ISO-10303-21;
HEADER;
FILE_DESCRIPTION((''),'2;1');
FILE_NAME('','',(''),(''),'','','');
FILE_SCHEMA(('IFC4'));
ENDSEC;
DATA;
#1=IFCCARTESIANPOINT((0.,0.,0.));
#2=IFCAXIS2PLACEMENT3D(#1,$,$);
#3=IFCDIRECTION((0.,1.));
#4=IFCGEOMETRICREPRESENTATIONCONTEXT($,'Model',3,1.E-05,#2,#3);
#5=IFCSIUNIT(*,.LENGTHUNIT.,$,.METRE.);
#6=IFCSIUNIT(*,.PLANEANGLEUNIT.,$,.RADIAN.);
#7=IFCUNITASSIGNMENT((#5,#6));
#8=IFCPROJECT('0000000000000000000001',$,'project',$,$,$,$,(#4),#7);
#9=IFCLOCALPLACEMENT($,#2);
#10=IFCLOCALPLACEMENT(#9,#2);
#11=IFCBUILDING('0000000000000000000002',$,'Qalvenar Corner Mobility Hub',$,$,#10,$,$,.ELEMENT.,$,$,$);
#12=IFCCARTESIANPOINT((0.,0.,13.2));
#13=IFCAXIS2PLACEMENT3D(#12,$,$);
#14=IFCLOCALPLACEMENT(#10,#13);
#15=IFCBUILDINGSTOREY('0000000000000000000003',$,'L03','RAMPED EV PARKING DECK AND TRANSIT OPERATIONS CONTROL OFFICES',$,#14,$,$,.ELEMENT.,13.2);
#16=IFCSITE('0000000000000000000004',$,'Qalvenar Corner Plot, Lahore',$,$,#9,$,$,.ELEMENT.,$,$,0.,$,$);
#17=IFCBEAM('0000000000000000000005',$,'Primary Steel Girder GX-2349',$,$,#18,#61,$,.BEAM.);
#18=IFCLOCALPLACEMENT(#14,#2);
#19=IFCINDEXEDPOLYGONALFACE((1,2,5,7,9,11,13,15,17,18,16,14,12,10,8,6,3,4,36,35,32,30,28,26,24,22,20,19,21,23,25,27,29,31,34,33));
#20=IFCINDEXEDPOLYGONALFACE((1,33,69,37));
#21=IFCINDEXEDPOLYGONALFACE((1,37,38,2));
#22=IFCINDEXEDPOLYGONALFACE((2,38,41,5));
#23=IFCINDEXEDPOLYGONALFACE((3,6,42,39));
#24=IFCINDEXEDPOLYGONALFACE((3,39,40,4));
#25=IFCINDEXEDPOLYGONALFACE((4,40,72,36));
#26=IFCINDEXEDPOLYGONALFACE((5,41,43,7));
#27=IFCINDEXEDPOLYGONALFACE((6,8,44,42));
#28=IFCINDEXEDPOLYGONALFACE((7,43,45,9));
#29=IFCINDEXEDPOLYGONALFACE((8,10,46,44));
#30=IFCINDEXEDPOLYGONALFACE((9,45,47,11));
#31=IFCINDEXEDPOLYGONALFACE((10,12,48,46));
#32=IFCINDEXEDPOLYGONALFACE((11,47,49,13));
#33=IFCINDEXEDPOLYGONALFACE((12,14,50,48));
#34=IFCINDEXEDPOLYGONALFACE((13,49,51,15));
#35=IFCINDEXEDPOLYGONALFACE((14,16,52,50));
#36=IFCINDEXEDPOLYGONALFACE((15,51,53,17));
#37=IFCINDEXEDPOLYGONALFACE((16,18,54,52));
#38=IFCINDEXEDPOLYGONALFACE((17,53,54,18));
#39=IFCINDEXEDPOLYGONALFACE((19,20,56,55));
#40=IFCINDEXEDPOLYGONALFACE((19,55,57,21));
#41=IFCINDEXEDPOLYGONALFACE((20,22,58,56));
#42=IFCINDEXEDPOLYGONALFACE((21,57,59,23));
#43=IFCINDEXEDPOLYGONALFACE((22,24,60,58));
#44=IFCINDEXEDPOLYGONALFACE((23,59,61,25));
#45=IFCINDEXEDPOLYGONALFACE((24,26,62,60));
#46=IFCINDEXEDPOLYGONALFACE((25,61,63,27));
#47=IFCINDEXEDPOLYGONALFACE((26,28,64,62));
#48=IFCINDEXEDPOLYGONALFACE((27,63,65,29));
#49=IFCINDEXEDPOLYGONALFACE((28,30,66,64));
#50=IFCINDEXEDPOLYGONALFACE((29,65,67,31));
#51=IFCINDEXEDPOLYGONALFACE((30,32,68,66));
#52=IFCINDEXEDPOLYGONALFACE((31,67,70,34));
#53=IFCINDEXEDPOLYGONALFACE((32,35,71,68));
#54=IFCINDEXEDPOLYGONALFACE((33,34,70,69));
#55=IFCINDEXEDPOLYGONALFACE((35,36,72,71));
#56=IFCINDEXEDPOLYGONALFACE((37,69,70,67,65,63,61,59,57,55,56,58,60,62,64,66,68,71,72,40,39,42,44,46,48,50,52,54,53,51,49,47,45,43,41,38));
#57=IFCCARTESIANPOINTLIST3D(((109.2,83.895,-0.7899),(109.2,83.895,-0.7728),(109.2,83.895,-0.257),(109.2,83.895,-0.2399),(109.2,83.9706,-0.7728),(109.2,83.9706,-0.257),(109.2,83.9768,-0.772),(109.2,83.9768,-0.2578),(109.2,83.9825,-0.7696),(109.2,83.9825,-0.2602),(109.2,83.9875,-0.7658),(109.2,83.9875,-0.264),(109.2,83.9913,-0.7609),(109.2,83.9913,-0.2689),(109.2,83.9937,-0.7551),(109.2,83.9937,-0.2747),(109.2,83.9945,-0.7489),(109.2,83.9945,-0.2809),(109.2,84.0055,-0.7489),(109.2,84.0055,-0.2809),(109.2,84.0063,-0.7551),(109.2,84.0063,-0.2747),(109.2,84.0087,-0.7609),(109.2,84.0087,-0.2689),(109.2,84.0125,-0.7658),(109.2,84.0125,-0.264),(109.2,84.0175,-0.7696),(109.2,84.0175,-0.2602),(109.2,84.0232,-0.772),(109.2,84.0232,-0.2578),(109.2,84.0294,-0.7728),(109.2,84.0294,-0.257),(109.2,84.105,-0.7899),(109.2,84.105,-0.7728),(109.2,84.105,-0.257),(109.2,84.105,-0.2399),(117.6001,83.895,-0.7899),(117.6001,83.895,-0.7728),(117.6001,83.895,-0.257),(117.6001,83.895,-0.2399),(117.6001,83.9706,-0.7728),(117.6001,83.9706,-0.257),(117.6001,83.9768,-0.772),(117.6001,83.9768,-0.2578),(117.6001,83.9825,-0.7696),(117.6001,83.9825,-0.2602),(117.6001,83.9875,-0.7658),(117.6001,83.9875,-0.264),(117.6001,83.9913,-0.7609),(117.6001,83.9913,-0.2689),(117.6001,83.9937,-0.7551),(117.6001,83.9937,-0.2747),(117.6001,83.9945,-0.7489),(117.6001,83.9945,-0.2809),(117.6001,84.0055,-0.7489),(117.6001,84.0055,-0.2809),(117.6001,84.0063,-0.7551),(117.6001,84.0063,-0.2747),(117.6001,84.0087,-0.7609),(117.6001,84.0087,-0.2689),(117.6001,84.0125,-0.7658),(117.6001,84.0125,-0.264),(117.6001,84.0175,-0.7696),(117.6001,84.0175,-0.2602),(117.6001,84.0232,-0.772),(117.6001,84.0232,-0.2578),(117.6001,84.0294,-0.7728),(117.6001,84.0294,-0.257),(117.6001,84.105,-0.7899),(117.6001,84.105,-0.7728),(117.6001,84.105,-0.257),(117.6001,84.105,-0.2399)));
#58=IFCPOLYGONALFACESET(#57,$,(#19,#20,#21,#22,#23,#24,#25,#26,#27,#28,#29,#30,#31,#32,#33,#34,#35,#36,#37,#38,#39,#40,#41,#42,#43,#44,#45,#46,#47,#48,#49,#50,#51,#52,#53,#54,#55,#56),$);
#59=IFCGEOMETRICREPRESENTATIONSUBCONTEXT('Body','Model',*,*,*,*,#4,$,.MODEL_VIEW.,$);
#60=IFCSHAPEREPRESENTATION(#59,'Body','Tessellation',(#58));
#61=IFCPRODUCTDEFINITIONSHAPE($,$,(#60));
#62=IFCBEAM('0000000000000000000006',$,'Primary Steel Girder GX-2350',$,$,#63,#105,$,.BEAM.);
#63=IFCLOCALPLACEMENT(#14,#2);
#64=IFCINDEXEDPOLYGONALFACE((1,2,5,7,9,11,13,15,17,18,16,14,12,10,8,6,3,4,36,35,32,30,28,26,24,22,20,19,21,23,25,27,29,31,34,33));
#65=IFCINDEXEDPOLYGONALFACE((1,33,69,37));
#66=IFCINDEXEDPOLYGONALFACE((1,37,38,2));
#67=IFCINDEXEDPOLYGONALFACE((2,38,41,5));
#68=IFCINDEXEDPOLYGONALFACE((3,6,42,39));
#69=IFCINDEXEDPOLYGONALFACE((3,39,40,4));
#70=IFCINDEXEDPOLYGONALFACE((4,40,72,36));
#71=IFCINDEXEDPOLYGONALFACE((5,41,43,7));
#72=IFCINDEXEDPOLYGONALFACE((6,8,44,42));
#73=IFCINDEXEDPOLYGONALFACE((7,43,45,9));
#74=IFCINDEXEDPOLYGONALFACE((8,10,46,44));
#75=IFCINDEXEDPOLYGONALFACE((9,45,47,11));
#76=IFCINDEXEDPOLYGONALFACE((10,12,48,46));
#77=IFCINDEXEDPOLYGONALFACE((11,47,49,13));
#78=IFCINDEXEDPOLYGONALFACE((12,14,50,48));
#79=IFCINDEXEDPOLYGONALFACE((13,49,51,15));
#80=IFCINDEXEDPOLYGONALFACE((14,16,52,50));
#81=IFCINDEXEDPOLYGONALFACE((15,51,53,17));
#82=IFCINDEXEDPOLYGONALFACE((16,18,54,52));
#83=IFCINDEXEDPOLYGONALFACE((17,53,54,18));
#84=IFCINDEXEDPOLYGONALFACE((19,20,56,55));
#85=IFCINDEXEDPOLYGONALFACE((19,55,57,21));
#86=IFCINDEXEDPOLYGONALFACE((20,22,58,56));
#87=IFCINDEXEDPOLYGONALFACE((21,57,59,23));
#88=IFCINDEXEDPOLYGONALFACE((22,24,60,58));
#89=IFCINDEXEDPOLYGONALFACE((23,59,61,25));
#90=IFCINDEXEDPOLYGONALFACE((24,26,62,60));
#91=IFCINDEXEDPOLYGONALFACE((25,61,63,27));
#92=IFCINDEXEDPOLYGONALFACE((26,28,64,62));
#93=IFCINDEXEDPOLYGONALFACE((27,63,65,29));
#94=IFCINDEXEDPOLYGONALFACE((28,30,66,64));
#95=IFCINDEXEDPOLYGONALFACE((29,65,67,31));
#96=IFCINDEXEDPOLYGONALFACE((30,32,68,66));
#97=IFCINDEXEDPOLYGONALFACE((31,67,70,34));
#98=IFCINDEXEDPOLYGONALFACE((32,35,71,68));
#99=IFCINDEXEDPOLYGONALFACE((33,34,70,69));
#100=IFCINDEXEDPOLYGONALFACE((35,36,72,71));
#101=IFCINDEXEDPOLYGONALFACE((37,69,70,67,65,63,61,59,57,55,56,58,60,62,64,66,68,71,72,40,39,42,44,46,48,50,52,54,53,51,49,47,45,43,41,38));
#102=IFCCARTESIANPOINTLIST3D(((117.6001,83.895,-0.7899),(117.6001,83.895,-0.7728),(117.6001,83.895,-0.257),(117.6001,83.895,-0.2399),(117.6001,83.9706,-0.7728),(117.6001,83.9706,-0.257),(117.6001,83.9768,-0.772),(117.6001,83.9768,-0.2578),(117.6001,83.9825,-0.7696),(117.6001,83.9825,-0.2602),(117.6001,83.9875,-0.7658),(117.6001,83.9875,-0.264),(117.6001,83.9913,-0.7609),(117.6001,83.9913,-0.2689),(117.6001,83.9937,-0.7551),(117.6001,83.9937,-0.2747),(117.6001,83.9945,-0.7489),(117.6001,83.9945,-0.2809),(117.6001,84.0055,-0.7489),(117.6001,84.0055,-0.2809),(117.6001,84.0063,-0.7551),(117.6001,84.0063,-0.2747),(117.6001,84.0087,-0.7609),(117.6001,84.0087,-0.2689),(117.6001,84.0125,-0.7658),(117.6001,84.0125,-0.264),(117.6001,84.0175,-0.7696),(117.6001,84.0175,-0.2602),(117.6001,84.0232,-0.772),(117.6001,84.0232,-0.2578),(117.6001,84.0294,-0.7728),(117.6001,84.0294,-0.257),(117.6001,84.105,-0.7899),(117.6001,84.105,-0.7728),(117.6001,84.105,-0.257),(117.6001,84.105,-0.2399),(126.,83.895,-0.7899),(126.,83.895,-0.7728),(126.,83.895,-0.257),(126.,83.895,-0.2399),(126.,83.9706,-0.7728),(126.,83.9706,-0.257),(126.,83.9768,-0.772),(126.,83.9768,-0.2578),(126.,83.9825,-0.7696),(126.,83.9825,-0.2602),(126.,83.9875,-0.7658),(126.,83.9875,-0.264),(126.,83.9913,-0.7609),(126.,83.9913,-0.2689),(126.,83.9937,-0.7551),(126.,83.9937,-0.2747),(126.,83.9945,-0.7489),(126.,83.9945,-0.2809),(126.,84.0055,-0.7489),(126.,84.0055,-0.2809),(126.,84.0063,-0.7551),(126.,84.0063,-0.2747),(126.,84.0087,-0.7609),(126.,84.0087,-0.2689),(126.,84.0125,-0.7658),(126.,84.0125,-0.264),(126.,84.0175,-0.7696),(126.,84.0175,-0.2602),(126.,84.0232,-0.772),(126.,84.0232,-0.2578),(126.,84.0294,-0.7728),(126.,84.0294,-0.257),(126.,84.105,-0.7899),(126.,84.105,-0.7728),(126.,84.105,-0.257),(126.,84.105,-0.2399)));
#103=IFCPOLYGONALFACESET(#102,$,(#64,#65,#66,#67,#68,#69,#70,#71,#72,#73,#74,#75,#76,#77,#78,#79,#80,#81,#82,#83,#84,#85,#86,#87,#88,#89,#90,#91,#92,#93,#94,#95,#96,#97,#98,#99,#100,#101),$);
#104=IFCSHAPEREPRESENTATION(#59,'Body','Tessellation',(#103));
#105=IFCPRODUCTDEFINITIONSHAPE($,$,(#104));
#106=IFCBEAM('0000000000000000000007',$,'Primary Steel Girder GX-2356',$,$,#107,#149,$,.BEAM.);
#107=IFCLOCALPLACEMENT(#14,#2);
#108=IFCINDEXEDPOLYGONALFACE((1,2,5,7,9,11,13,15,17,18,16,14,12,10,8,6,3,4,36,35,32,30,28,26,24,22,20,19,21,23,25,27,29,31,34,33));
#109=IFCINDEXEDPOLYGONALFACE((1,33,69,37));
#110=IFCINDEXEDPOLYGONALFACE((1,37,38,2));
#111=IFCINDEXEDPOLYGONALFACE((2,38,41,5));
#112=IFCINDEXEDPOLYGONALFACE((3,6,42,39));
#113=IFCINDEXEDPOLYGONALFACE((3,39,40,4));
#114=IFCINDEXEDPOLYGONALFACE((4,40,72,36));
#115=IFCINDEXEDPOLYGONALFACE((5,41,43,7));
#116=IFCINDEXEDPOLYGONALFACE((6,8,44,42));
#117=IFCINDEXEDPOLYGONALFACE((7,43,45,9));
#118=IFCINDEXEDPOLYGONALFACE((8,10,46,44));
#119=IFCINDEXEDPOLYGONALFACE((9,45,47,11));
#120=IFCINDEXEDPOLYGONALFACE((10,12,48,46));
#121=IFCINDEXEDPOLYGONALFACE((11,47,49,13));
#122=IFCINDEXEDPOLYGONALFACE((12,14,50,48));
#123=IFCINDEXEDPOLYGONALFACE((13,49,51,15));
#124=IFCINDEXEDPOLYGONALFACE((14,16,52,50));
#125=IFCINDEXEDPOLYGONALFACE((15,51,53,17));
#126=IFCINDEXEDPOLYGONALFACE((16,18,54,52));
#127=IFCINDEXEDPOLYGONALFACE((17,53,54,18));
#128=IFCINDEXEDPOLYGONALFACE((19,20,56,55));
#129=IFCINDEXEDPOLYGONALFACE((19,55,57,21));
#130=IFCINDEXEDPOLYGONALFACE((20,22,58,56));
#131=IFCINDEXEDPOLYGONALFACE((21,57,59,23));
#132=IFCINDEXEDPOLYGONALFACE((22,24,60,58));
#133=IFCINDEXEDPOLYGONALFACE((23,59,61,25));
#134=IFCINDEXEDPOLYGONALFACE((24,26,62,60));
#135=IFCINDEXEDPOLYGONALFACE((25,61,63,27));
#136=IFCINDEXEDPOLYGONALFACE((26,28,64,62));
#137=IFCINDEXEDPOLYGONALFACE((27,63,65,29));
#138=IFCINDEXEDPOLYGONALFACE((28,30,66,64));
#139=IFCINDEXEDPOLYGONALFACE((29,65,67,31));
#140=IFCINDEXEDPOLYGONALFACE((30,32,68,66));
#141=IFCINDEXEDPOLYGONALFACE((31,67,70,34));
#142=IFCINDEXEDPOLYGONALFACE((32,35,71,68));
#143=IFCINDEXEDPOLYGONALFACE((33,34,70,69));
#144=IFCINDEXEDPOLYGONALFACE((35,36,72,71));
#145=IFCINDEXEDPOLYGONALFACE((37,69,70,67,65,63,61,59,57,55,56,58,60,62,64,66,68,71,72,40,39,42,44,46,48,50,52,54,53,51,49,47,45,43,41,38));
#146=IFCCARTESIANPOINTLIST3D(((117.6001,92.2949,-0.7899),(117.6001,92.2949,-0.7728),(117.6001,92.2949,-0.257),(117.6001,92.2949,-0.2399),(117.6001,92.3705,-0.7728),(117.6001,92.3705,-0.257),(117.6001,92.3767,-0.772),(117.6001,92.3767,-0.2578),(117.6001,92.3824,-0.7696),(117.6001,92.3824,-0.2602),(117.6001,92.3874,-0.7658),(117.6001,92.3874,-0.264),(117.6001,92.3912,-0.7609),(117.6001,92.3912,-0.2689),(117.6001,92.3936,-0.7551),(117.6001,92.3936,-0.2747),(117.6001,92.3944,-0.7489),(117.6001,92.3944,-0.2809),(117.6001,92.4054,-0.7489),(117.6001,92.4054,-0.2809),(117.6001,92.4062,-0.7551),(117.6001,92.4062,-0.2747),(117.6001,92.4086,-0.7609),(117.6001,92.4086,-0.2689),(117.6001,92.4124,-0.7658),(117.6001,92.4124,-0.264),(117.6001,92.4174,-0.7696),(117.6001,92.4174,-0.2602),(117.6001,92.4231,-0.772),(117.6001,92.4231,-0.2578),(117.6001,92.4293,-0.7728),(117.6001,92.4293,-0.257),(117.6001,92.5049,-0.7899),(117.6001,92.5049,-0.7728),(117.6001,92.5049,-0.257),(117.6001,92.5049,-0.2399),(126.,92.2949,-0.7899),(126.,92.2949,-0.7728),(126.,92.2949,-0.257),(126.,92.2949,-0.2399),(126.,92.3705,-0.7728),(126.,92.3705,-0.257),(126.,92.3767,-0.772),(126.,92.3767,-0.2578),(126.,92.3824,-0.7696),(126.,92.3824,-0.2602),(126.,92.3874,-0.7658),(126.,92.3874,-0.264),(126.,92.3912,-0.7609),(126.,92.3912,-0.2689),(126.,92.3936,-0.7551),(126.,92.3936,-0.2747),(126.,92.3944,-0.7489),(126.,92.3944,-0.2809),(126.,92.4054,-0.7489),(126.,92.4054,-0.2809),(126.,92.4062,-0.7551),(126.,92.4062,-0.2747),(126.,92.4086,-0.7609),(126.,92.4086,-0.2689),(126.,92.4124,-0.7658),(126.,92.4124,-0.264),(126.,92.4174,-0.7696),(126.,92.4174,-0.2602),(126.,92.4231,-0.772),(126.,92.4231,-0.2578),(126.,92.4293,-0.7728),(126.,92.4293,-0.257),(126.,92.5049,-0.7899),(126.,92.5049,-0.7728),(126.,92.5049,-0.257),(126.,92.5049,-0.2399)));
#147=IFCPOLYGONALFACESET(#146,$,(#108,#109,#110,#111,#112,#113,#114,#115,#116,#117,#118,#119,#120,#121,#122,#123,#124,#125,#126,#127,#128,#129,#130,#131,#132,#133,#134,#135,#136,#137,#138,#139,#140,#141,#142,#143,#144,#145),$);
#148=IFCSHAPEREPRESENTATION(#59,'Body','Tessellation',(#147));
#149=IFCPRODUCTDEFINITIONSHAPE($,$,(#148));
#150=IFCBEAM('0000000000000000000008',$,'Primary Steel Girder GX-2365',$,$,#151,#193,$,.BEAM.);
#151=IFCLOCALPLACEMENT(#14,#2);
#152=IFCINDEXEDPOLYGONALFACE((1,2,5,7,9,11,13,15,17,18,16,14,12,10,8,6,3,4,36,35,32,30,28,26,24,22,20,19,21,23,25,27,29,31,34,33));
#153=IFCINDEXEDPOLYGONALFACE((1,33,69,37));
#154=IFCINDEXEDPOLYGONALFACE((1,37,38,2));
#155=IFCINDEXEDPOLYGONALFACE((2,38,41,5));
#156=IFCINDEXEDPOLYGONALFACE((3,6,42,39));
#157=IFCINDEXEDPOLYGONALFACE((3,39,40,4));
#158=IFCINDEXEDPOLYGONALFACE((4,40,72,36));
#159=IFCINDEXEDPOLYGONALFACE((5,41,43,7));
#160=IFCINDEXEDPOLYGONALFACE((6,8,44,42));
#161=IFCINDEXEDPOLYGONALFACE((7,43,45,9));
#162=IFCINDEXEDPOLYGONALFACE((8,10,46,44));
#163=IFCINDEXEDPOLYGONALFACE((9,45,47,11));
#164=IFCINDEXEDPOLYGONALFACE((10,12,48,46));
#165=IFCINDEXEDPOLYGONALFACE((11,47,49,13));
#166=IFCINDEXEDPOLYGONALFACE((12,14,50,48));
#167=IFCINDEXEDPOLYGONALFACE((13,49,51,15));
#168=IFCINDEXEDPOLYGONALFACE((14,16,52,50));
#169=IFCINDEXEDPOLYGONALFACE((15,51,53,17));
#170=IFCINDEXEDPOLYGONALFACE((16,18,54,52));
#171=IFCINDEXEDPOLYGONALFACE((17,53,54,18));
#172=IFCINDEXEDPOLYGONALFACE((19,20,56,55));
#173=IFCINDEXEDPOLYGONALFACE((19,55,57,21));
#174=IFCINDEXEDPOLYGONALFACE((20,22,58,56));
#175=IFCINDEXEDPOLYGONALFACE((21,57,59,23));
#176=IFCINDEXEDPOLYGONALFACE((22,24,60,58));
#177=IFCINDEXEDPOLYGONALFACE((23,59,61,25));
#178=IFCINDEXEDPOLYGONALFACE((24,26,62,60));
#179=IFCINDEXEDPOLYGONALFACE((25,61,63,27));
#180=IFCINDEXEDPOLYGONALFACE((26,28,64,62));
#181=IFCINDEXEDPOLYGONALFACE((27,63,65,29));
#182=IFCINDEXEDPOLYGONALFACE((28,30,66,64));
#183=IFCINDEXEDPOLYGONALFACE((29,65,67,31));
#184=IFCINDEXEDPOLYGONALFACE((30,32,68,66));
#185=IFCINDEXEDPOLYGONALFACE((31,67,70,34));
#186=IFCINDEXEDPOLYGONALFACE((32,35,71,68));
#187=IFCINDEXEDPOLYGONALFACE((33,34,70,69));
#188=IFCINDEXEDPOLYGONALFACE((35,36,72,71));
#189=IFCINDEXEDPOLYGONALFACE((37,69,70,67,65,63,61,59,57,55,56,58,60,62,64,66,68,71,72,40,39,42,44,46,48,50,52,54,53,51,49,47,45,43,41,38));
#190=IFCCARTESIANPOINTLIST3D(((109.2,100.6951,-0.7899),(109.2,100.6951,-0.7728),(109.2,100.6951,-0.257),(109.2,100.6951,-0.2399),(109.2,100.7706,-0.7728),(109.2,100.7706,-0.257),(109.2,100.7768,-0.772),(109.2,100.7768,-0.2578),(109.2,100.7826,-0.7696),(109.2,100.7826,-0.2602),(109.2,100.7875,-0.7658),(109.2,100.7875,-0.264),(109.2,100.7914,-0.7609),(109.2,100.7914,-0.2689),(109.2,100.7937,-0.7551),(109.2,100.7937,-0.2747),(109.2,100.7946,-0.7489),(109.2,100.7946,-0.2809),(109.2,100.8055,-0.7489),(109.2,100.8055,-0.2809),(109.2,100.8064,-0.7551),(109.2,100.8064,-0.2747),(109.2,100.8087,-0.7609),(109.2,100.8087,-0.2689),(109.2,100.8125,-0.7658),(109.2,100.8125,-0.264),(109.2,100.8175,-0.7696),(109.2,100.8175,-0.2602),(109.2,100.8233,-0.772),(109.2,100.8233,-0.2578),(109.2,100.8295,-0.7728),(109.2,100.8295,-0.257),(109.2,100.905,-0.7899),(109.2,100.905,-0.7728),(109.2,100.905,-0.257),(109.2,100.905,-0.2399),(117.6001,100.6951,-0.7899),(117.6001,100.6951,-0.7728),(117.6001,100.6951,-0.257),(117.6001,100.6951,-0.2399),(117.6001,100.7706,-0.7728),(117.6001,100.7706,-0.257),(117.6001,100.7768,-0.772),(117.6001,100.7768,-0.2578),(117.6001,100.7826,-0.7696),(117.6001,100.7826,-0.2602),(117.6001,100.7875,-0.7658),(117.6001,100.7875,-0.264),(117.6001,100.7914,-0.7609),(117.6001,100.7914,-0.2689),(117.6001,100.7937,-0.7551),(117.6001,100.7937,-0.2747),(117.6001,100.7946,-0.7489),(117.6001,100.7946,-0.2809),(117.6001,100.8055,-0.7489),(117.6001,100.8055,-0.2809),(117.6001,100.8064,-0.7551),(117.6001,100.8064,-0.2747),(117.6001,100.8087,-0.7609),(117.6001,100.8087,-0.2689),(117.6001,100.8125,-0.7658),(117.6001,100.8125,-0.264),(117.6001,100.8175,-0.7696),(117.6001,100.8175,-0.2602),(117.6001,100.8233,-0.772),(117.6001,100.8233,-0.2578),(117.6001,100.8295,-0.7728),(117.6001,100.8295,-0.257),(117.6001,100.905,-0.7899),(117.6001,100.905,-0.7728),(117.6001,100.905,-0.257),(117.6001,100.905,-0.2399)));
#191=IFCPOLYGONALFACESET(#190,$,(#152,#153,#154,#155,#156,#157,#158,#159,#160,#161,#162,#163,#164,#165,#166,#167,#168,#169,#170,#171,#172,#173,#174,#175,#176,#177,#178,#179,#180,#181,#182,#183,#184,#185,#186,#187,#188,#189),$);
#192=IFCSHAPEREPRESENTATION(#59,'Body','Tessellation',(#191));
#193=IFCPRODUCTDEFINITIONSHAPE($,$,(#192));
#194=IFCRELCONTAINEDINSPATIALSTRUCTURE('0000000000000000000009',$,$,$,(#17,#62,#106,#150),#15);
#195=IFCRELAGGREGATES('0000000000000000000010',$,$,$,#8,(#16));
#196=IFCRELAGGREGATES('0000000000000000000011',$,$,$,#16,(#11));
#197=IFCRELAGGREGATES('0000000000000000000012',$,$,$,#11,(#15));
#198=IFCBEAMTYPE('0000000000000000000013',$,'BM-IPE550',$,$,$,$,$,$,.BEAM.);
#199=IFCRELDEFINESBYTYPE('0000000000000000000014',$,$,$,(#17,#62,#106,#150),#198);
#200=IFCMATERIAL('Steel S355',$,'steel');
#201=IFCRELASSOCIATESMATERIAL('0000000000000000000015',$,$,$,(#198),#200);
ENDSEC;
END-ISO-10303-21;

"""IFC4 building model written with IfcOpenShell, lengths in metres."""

from ifc_helpers import new_model, si_unit, direction, frame, origin, origin_2d, place, context, subcontext, project, spatial, i_section, extrude, material, material_profile, profile_set, type_object, element, save


model = new_model("IFC4")

# Units and contexts
model_context = context("Model", 3, precision=1e-05, world=origin(), true_north=direction((0.0, 1.0)))
body_context = subcontext(model_context, "Body", "Model", "MODEL_VIEW")
ifc_project = project(units=[si_unit("LENGTHUNIT", "METRE"), si_unit("PLANEANGLEUNIT", "RADIAN")], contexts=[model_context])

# Site, building, storey
site_placement = place(None, origin())
site = spatial("IfcSite", under=ifc_project, at=site_placement, Name="Qalvenar Corner Plot, Lahore", CompositionType="ELEMENT", RefElevation=0.0)
building_placement = place(site_placement, origin())
building = spatial("IfcBuilding", under=site, at=building_placement, Name="Qalvenar Corner Mobility Hub", CompositionType="ELEMENT")
storey_placement = place(building_placement, frame((0.0, 0.0, 13.2)))
storey = spatial("IfcBuildingStorey", under=building, at=storey_placement, Name="L03", Description="RAMPED EV PARKING DECK AND TRANSIT OPERATIONS CONTROL OFFICES", CompositionType="ELEMENT", Elevation=13.2)

# Shared definitions
ifc_material = material(Name="Steel S355", Category="steel")

# Beams
ifc_material_profile_1 = material_profile(ifc_material, i_section(OverallWidth=0.21, OverallDepth=0.55, WebThickness=0.011, FlangeThickness=0.0171, FilletRadius=0.0239, at=origin_2d()), Name="IPE550")
ifc_profile_set_1 = profile_set([ifc_material_profile_1], Name="Steel S355")
beam_type_1 = type_object("IfcBeamType", Name="BM-IPE550", PredefinedType="BEAM", material=ifc_profile_set_1)
beam_1_placement = place(storey_placement, frame((109.2, 84.0, -0.5149), z_axis=(1.0, 0.0, 0.0), x_axis=(0.0, 1.0, 0.0)))
element("IfcBeam", 1, at=beam_1_placement, inside=storey, type_object=beam_type_1, Name="Primary Steel Girder GX-2349", PredefinedType="BEAM", context=body_context, shape_type="SweptSolid", body=[
    extrude(i_section(OverallWidth=0.21, OverallDepth=0.55, WebThickness=0.011, FlangeThickness=0.0171, FilletRadius=0.0239, at=origin_2d()), origin(), (0.0, 0.0, 1.0), 8.4001),
])
for number, where, z_axis, x_axis, name in (
    (2, (117.6001, 84.0, -0.5149), (1.0, 0.0, 0.0), (0.0, 1.0, 0.0), "Primary Steel Girder GX-2350"),
    (3, (117.6001, 92.3999, -0.5149), (1.0, 0.0, 0.0), (0.0, 1.0, 0.0), "Primary Steel Girder GX-2356"),
):
    element("IfcBeam", number, at=place(storey_placement, frame(where, z_axis=z_axis, x_axis=x_axis)), inside=storey, type_object=beam_type_1, Name=name, PredefinedType="BEAM", context=body_context, shape_type="SweptSolid", body=[
        extrude(i_section(OverallWidth=0.21, OverallDepth=0.55, WebThickness=0.011, FlangeThickness=0.0171, FilletRadius=0.0239, at=origin_2d()), origin(), (0.0, 0.0, 1.0), 8.3999),
    ])
beam_2_placement = place(storey_placement, frame((109.2, 100.8, -0.5149), z_axis=(1.0, 0.0, 0.0), x_axis=(0.0, 1.0, 0.0)))
element("IfcBeam", 4, at=beam_2_placement, inside=storey, type_object=beam_type_1, Name="Primary Steel Girder GX-2365", PredefinedType="BEAM", context=body_context, shape_type="SweptSolid", body=[
    extrude(i_section(OverallWidth=0.21, OverallDepth=0.55, WebThickness=0.011, FlangeThickness=0.0171, FilletRadius=0.0239, at=origin_2d()), origin(), (0.0, 0.0, 1.0), 8.4001),
])

save(model, "model.ifc")
